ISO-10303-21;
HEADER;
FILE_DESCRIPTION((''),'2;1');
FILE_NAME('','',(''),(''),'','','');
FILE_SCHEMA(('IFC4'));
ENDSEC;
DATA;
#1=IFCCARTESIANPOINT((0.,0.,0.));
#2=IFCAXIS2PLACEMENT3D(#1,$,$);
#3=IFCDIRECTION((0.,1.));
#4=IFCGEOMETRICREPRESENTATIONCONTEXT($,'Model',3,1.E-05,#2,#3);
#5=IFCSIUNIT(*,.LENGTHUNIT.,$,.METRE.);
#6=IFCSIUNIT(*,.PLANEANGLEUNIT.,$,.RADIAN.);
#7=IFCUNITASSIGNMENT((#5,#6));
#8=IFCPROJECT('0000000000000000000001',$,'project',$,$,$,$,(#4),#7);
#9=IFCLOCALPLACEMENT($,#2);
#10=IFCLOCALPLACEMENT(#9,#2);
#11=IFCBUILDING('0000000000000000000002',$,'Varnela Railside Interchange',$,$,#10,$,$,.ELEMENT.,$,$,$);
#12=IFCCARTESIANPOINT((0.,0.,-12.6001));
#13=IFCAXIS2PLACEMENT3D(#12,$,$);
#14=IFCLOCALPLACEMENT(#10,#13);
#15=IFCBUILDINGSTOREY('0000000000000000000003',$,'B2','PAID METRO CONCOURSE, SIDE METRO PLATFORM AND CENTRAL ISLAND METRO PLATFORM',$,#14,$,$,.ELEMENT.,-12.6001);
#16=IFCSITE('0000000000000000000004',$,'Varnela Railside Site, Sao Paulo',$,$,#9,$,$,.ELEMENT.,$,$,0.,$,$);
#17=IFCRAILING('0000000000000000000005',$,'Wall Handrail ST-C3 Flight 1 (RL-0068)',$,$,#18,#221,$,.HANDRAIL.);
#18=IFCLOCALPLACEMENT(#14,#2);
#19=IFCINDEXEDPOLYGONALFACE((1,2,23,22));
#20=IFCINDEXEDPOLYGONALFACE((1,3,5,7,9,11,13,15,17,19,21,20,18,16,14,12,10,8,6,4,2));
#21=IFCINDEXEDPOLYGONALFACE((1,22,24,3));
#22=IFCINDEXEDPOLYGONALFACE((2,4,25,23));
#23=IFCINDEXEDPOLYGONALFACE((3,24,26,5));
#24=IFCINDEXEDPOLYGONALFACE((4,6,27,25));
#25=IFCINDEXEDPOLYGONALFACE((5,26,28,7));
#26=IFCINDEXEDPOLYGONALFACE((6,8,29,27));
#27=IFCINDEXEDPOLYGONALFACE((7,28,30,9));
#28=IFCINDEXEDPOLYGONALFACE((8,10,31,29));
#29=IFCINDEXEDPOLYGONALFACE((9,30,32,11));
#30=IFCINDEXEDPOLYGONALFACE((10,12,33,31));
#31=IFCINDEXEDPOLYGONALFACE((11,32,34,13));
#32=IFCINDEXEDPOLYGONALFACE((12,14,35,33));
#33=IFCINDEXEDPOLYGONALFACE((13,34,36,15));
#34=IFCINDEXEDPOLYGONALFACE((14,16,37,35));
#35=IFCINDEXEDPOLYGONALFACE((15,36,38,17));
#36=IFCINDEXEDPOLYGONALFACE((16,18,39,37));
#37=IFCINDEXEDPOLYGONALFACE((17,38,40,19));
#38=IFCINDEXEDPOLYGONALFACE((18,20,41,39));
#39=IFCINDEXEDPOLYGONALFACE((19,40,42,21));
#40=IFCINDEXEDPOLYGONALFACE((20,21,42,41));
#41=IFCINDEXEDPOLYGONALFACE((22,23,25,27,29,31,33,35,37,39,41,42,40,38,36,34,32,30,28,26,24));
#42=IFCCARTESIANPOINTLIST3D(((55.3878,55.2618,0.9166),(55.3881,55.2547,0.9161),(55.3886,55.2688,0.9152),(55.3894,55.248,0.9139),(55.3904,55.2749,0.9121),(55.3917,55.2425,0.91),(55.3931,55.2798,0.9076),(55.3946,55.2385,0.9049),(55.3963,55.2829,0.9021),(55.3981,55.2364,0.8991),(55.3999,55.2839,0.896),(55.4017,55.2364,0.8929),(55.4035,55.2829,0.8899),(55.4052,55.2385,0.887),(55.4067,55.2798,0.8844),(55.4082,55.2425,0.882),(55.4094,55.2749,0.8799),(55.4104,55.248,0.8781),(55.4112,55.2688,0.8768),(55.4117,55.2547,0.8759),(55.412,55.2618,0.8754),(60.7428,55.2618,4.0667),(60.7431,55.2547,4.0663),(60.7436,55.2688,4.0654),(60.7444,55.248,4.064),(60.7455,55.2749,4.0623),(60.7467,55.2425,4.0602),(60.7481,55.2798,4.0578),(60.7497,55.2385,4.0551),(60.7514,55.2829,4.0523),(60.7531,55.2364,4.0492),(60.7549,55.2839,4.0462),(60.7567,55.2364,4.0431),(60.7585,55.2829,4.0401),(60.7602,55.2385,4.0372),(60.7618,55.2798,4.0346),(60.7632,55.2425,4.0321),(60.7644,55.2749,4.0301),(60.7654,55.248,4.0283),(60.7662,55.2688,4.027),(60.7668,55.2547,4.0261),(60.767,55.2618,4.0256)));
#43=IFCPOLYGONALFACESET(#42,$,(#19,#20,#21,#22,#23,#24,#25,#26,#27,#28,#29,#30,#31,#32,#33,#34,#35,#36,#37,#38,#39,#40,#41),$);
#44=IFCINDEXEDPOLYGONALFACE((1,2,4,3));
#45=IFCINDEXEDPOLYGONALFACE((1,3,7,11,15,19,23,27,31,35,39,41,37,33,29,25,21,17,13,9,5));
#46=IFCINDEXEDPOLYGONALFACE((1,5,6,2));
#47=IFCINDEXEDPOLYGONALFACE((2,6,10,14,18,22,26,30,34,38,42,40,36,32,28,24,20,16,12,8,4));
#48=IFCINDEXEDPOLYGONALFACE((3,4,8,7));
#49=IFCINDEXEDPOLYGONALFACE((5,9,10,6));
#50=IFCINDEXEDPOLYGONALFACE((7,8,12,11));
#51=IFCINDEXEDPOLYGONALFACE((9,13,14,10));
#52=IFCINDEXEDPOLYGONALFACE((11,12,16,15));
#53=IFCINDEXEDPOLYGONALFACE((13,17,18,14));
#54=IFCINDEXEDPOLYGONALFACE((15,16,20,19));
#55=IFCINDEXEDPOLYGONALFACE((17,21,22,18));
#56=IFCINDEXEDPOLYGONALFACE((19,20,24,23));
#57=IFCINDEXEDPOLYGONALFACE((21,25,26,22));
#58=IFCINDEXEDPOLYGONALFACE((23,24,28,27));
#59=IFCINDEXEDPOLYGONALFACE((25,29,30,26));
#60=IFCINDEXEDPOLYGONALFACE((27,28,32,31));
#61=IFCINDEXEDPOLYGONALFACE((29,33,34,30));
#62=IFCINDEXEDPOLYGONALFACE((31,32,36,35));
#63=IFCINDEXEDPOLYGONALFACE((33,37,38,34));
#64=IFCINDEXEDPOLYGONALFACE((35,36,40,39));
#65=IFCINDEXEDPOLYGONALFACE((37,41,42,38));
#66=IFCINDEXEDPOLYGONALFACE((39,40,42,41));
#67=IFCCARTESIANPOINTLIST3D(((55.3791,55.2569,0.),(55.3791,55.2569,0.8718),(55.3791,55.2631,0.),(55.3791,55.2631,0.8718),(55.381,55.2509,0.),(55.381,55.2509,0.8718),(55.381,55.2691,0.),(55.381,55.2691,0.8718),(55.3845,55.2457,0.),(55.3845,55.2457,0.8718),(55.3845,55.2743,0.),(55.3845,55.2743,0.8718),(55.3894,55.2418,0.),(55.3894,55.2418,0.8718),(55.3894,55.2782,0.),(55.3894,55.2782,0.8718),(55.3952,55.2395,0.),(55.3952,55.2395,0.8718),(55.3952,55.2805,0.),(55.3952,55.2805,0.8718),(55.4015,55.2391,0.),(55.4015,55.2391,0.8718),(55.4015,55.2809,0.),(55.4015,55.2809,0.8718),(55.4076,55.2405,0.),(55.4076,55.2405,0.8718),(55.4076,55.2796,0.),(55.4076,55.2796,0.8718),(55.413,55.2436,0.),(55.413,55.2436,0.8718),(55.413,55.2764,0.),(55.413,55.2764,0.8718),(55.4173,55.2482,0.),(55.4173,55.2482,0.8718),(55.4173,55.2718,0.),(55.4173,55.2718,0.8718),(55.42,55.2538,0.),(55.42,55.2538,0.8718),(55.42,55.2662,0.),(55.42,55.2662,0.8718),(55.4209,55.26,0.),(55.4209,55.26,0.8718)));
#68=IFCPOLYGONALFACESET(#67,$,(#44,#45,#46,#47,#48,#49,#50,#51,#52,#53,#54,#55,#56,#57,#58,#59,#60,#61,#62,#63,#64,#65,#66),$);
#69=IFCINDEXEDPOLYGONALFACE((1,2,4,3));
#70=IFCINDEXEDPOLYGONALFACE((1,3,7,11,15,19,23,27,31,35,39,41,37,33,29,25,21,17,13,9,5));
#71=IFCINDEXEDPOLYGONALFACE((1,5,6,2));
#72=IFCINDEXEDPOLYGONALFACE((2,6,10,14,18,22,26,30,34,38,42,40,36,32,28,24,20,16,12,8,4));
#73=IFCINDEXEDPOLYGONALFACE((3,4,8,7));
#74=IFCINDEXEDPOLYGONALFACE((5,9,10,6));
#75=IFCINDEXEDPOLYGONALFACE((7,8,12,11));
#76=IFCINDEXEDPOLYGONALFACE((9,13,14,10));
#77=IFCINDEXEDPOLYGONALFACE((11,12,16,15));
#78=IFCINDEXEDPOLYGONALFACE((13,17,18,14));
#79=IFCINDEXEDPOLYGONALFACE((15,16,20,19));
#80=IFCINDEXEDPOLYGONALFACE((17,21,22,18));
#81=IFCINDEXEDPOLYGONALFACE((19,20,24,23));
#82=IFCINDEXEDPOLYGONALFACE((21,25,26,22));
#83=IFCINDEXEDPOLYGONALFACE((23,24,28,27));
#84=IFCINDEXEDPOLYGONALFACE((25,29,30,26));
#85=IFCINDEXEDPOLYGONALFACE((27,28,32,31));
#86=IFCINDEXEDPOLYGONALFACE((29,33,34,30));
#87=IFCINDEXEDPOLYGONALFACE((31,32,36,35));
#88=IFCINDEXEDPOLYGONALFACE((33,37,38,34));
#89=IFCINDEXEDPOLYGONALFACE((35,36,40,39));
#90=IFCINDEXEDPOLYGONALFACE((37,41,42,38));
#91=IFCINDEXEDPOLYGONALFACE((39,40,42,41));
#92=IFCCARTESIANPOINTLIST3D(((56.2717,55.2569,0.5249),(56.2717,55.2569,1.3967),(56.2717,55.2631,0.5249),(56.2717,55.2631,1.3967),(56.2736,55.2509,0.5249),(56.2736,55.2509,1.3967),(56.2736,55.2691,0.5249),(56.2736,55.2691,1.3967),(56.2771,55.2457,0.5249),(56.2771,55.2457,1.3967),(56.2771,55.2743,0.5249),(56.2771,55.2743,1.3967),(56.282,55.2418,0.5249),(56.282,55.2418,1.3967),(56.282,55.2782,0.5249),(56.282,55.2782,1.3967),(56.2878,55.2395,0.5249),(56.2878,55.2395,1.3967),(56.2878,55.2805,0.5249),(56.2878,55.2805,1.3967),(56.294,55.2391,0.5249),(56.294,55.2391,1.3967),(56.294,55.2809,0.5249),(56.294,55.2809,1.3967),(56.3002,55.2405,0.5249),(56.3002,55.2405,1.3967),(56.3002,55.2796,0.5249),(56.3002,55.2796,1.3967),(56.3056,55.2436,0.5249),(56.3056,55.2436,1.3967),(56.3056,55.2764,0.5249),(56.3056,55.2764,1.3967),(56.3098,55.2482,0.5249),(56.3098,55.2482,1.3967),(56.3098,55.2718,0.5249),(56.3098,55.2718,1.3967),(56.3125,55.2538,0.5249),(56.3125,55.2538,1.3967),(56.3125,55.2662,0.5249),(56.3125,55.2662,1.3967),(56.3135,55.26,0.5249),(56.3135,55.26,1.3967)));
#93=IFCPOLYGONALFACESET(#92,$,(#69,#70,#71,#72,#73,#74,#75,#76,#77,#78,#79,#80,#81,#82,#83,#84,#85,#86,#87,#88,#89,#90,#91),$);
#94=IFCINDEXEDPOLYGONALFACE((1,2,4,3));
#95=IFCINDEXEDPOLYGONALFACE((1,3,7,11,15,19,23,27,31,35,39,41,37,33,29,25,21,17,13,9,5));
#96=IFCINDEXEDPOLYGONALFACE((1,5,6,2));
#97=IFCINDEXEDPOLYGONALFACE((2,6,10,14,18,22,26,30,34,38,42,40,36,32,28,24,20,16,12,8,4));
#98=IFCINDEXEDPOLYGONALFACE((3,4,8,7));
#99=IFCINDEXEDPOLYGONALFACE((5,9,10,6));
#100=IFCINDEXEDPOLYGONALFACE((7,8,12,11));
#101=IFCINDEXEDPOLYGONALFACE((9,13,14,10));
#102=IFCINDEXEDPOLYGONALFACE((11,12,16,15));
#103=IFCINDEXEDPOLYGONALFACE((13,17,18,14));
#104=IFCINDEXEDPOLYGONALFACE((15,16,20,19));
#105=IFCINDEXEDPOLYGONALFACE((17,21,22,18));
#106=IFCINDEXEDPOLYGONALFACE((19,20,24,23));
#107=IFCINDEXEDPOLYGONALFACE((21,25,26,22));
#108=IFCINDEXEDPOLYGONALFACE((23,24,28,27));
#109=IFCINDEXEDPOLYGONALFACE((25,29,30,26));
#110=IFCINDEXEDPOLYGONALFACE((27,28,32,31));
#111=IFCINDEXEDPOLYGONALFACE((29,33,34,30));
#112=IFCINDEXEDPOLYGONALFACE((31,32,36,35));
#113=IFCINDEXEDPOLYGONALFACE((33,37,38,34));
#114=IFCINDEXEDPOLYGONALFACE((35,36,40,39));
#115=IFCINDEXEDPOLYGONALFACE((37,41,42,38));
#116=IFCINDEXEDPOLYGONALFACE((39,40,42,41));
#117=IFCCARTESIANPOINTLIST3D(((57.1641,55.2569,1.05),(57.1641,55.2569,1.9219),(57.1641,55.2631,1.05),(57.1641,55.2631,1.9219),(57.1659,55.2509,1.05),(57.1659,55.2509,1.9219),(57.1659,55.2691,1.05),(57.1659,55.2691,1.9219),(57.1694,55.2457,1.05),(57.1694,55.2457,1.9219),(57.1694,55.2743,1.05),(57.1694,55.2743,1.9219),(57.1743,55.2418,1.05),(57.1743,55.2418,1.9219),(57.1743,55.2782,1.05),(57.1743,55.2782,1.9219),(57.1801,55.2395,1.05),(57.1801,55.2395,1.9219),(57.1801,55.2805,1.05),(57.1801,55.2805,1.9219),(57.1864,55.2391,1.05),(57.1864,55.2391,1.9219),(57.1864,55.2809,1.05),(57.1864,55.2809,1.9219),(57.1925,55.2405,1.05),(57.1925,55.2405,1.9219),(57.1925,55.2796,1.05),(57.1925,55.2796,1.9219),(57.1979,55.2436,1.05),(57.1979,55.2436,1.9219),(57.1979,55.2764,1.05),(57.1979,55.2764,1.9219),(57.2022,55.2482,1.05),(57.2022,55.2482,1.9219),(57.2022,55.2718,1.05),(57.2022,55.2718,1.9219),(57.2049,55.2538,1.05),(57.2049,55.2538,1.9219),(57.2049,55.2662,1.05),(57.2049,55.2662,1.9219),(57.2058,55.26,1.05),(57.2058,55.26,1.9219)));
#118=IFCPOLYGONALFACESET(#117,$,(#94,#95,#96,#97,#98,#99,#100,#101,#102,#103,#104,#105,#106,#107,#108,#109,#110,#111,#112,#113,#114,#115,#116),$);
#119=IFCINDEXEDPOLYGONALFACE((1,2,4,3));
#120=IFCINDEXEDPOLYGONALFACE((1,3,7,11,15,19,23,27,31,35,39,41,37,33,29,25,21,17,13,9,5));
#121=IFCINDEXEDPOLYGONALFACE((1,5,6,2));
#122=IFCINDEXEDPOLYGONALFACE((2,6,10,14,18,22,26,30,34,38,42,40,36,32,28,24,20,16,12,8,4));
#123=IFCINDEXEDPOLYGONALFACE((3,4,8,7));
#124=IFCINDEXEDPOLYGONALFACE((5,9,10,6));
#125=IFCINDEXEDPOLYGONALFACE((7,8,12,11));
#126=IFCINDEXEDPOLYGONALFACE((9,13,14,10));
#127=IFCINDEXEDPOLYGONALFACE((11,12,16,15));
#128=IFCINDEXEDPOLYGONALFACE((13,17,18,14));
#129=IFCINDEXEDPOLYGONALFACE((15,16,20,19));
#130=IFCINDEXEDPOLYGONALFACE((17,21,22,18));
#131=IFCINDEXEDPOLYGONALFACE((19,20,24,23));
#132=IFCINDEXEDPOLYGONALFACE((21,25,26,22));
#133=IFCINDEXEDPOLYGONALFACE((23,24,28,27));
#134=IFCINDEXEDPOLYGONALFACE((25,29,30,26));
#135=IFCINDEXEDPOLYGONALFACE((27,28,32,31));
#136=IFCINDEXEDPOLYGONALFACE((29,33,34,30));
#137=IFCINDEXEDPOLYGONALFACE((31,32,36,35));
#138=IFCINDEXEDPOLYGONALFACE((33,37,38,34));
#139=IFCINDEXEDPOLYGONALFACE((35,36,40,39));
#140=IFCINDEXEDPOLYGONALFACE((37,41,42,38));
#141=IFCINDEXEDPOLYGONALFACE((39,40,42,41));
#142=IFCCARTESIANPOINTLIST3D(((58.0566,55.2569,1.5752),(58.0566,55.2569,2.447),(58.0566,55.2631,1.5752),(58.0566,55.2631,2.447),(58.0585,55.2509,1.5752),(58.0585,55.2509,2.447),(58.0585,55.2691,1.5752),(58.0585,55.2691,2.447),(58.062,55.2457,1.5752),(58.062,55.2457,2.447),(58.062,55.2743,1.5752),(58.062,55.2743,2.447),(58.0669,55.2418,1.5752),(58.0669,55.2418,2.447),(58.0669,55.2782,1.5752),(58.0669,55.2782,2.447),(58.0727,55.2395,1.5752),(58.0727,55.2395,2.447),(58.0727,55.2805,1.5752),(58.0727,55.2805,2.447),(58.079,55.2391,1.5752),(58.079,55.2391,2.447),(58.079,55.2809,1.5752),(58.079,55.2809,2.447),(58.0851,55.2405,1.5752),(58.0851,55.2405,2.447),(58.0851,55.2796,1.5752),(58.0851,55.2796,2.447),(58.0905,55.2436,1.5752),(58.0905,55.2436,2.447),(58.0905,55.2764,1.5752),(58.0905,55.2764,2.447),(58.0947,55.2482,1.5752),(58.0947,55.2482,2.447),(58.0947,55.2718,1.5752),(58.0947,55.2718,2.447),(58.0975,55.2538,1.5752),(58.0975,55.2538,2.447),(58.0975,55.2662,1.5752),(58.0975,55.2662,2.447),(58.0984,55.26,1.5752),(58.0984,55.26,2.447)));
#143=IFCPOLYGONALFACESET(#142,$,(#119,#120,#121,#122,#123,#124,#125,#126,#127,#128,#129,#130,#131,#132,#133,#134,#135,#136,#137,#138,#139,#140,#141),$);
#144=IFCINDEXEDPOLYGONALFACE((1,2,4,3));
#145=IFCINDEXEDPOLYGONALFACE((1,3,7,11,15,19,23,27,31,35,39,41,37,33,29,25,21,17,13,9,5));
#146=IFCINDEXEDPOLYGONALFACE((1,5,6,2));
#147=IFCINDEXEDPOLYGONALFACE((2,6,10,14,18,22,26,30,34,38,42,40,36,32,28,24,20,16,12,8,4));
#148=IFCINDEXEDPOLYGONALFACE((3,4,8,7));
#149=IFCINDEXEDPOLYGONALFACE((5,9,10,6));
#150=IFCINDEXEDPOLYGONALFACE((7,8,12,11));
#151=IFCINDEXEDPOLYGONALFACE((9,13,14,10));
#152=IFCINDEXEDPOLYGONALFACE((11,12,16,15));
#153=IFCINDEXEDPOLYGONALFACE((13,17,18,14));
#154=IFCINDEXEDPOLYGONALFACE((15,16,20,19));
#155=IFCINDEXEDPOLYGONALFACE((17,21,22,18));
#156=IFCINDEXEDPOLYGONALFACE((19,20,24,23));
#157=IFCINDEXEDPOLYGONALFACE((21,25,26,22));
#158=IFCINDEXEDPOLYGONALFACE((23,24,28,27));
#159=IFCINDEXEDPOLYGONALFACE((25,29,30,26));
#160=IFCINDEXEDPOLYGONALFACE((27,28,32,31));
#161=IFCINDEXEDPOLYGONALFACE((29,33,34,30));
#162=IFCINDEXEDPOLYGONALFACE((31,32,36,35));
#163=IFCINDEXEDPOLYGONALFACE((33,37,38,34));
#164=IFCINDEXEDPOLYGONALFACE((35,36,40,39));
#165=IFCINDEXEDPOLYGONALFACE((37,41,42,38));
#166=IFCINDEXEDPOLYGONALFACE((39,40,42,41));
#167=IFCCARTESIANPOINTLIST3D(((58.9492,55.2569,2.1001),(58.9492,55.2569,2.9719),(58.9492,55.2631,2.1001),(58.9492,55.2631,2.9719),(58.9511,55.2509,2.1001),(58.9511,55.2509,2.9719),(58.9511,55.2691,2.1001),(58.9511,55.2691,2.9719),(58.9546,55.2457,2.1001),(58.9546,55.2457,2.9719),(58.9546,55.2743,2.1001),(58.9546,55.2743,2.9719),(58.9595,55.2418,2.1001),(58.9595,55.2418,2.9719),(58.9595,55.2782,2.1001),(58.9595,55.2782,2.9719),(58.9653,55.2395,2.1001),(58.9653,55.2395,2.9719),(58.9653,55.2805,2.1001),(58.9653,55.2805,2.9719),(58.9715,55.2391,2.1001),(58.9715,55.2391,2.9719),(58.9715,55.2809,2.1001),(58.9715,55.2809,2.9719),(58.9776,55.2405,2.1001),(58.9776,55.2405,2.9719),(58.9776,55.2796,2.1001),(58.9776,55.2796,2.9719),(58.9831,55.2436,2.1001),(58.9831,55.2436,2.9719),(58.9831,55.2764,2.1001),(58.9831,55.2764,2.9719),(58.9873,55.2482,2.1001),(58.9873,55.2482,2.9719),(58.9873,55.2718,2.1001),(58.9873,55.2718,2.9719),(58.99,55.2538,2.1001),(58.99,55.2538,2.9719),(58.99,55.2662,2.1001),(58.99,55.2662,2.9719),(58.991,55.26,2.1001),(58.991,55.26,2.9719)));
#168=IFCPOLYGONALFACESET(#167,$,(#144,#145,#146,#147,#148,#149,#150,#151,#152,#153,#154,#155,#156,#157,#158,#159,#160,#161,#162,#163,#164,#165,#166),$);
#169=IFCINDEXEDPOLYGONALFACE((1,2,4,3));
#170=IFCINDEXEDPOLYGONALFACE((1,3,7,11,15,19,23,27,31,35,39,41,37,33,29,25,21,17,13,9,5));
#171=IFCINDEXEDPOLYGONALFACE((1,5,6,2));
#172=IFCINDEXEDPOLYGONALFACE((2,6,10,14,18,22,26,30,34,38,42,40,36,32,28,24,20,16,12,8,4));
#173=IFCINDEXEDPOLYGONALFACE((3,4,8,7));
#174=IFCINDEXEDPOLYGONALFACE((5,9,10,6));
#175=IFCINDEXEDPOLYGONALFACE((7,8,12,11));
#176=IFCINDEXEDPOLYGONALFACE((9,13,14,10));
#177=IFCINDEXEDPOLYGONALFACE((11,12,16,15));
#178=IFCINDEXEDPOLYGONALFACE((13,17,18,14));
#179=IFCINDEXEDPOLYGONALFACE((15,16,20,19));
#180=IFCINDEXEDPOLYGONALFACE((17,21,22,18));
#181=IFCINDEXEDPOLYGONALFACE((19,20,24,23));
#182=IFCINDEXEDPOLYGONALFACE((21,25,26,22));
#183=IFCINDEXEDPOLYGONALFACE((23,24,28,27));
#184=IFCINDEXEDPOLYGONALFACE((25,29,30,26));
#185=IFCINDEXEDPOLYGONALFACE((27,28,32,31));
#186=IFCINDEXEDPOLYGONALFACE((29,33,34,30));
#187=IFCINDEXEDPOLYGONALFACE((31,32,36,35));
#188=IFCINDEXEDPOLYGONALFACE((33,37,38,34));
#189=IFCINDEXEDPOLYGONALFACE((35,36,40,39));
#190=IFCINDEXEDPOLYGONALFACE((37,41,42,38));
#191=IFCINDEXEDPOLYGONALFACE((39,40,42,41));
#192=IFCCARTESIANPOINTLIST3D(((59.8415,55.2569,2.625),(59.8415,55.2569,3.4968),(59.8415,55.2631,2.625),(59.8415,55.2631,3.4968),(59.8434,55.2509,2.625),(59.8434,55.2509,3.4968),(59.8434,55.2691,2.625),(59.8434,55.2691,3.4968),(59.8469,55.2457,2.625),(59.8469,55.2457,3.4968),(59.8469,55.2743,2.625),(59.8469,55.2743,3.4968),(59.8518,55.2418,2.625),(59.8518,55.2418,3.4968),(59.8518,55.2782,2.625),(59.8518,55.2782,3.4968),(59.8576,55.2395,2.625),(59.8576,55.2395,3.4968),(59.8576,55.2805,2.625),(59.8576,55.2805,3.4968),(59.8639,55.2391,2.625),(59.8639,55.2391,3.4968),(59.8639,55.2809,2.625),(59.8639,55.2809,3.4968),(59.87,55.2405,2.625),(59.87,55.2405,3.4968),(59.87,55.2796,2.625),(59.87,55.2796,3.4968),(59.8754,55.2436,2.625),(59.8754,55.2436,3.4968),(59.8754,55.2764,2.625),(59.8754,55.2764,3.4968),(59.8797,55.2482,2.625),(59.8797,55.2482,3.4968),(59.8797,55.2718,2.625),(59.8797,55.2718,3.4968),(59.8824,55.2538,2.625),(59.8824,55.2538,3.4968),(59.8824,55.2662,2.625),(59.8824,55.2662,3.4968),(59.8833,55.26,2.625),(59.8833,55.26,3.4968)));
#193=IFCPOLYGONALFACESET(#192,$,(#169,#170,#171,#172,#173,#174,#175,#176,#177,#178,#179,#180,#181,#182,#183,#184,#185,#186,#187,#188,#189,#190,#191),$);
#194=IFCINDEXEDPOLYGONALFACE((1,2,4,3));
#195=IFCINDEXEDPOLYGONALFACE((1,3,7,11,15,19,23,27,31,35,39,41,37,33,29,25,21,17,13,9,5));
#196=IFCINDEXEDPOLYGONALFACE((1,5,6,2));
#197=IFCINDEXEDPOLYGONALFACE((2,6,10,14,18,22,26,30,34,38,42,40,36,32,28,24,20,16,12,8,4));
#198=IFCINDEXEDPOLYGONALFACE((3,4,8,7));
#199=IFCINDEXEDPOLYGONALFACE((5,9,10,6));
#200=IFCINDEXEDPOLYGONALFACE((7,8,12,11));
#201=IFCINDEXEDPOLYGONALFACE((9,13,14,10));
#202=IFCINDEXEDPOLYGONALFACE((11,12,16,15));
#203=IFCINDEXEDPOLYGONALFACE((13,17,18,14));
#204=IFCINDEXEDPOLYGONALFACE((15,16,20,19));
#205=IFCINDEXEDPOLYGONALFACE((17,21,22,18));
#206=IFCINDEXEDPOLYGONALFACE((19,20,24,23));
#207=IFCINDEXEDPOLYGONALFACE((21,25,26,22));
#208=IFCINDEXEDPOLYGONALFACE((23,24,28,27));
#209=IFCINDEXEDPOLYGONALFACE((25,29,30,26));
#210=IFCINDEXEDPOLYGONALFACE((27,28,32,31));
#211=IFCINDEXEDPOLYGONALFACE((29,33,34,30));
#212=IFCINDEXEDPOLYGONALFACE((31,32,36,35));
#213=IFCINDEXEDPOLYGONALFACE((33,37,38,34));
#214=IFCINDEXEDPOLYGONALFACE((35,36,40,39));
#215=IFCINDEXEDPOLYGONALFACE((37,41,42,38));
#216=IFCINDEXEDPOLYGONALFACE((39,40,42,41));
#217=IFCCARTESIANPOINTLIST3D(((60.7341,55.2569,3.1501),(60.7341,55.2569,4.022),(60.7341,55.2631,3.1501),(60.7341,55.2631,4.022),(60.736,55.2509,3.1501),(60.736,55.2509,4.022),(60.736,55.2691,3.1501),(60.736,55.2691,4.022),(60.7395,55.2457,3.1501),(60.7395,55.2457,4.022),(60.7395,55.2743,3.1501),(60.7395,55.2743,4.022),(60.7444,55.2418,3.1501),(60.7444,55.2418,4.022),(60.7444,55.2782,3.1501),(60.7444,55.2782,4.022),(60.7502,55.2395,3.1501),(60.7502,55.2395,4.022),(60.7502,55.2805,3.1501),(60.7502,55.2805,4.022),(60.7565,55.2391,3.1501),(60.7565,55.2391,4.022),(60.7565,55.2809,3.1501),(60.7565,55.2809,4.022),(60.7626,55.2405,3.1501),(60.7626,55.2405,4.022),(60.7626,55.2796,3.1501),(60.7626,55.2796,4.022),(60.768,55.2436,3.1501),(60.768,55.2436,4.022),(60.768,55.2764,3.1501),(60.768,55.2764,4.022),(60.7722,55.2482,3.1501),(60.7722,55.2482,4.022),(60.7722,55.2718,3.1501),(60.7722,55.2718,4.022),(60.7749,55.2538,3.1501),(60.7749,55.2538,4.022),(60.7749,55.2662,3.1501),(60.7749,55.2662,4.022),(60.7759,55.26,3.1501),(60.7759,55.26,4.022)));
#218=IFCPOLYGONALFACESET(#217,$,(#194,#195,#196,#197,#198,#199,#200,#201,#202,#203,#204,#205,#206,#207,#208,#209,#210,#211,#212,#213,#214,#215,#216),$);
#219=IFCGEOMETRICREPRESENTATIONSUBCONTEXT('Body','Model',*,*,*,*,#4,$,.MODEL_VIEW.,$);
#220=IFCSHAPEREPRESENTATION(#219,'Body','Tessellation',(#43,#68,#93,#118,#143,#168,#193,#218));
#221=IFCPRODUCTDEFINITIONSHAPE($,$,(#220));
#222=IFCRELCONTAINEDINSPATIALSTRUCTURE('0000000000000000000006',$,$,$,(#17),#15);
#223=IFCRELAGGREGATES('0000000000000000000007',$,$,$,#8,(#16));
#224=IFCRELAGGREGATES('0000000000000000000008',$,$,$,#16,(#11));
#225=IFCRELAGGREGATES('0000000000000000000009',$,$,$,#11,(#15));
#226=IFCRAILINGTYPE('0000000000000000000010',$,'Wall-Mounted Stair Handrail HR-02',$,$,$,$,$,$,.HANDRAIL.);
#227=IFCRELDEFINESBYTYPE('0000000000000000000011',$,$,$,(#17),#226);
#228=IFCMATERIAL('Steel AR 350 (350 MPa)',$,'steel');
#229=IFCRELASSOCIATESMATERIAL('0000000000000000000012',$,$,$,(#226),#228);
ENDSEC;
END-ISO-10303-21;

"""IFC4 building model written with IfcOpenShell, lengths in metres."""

from ifc_helpers import new_model, si_unit, direction, frame, origin, origin_2d, place, context, subcontext, project, spatial, circle, extrude, material, type_object, element, save


model = new_model("IFC4")

# Units and contexts
model_context = context("Model", 3, precision=1e-05, world=origin(), true_north=direction((0.0, 1.0)))
body_context = subcontext(model_context, "Body", "Model", "MODEL_VIEW")
ifc_project = project(units=[si_unit("LENGTHUNIT", "METRE"), si_unit("PLANEANGLEUNIT", "RADIAN")], contexts=[model_context])

# Site, building, storey
site_placement = place(None, origin())
site = spatial("IfcSite", under=ifc_project, at=site_placement, Name="Varnela Railside Site, Sao Paulo", CompositionType="ELEMENT", RefElevation=0.0)
building_placement = place(site_placement, origin())
building = spatial("IfcBuilding", under=site, at=building_placement, Name="Varnela Railside Interchange", CompositionType="ELEMENT")
storey_placement = place(building_placement, frame((0.0, 0.0, -12.6001)))
storey = spatial("IfcBuildingStorey", under=building, at=storey_placement, Name="B2", Description="PAID METRO CONCOURSE, SIDE METRO PLATFORM AND CENTRAL ISLAND METRO PLATFORM", CompositionType="ELEMENT", Elevation=-12.6001)

# Shared definitions
ifc_material_1 = material(Name="Steel AR 350 (350 MPa)", Category="steel")

# Railing
railing_type_1 = type_object("IfcRailingType", Name="Wall-Mounted Stair Handrail HR-02", PredefinedType="HANDRAIL", material=ifc_material_1)
railing_1_placement = place(storey_placement, frame((55.3999, 55.26, 0.0)))
element("IfcRailing", 1, at=railing_1_placement, inside=storey, type_object=railing_type_1, Name="Wall Handrail ST-C3 Flight 1 (RL-0068)", PredefinedType="HANDRAIL", context=body_context, shape_type="SweptSolid", body=[
    extrude(circle(Radius=0.0239, at=origin_2d()), frame((0.0, 0.0, 0.896), z_axis=(0.861923, 0.0, 0.507039), x_axis=(0.0, 1.0, 0.0)), (0.0, 0.0, 1.0), 6.2129),
    extrude(circle(Radius=0.021, at=origin_2d()), origin(), (0.0, 0.0, 1.0), 0.8718),
    extrude(circle(Radius=0.021, at=origin_2d()), frame((0.8926, 0.0, 0.5249)), (0.0, 0.0, 1.0), 0.8718),
    extrude(circle(Radius=0.021, at=origin_2d()), frame((1.7849, 0.0, 1.05)), (0.0, 0.0, 1.0), 0.8718),
    extrude(circle(Radius=0.021, at=origin_2d()), frame((2.6775, 0.0, 1.5752)), (0.0, 0.0, 1.0), 0.8718),
    extrude(circle(Radius=0.021, at=origin_2d()), frame((3.5701, 0.0, 2.1001)), (0.0, 0.0, 1.0), 0.8718),
    extrude(circle(Radius=0.021, at=origin_2d()), frame((4.4624, 0.0, 2.625)), (0.0, 0.0, 1.0), 0.8718),
    extrude(circle(Radius=0.021, at=origin_2d()), frame((5.355, 0.0, 3.1501)), (0.0, 0.0, 1.0), 0.8718),
])

save(model, "model.ifc")
